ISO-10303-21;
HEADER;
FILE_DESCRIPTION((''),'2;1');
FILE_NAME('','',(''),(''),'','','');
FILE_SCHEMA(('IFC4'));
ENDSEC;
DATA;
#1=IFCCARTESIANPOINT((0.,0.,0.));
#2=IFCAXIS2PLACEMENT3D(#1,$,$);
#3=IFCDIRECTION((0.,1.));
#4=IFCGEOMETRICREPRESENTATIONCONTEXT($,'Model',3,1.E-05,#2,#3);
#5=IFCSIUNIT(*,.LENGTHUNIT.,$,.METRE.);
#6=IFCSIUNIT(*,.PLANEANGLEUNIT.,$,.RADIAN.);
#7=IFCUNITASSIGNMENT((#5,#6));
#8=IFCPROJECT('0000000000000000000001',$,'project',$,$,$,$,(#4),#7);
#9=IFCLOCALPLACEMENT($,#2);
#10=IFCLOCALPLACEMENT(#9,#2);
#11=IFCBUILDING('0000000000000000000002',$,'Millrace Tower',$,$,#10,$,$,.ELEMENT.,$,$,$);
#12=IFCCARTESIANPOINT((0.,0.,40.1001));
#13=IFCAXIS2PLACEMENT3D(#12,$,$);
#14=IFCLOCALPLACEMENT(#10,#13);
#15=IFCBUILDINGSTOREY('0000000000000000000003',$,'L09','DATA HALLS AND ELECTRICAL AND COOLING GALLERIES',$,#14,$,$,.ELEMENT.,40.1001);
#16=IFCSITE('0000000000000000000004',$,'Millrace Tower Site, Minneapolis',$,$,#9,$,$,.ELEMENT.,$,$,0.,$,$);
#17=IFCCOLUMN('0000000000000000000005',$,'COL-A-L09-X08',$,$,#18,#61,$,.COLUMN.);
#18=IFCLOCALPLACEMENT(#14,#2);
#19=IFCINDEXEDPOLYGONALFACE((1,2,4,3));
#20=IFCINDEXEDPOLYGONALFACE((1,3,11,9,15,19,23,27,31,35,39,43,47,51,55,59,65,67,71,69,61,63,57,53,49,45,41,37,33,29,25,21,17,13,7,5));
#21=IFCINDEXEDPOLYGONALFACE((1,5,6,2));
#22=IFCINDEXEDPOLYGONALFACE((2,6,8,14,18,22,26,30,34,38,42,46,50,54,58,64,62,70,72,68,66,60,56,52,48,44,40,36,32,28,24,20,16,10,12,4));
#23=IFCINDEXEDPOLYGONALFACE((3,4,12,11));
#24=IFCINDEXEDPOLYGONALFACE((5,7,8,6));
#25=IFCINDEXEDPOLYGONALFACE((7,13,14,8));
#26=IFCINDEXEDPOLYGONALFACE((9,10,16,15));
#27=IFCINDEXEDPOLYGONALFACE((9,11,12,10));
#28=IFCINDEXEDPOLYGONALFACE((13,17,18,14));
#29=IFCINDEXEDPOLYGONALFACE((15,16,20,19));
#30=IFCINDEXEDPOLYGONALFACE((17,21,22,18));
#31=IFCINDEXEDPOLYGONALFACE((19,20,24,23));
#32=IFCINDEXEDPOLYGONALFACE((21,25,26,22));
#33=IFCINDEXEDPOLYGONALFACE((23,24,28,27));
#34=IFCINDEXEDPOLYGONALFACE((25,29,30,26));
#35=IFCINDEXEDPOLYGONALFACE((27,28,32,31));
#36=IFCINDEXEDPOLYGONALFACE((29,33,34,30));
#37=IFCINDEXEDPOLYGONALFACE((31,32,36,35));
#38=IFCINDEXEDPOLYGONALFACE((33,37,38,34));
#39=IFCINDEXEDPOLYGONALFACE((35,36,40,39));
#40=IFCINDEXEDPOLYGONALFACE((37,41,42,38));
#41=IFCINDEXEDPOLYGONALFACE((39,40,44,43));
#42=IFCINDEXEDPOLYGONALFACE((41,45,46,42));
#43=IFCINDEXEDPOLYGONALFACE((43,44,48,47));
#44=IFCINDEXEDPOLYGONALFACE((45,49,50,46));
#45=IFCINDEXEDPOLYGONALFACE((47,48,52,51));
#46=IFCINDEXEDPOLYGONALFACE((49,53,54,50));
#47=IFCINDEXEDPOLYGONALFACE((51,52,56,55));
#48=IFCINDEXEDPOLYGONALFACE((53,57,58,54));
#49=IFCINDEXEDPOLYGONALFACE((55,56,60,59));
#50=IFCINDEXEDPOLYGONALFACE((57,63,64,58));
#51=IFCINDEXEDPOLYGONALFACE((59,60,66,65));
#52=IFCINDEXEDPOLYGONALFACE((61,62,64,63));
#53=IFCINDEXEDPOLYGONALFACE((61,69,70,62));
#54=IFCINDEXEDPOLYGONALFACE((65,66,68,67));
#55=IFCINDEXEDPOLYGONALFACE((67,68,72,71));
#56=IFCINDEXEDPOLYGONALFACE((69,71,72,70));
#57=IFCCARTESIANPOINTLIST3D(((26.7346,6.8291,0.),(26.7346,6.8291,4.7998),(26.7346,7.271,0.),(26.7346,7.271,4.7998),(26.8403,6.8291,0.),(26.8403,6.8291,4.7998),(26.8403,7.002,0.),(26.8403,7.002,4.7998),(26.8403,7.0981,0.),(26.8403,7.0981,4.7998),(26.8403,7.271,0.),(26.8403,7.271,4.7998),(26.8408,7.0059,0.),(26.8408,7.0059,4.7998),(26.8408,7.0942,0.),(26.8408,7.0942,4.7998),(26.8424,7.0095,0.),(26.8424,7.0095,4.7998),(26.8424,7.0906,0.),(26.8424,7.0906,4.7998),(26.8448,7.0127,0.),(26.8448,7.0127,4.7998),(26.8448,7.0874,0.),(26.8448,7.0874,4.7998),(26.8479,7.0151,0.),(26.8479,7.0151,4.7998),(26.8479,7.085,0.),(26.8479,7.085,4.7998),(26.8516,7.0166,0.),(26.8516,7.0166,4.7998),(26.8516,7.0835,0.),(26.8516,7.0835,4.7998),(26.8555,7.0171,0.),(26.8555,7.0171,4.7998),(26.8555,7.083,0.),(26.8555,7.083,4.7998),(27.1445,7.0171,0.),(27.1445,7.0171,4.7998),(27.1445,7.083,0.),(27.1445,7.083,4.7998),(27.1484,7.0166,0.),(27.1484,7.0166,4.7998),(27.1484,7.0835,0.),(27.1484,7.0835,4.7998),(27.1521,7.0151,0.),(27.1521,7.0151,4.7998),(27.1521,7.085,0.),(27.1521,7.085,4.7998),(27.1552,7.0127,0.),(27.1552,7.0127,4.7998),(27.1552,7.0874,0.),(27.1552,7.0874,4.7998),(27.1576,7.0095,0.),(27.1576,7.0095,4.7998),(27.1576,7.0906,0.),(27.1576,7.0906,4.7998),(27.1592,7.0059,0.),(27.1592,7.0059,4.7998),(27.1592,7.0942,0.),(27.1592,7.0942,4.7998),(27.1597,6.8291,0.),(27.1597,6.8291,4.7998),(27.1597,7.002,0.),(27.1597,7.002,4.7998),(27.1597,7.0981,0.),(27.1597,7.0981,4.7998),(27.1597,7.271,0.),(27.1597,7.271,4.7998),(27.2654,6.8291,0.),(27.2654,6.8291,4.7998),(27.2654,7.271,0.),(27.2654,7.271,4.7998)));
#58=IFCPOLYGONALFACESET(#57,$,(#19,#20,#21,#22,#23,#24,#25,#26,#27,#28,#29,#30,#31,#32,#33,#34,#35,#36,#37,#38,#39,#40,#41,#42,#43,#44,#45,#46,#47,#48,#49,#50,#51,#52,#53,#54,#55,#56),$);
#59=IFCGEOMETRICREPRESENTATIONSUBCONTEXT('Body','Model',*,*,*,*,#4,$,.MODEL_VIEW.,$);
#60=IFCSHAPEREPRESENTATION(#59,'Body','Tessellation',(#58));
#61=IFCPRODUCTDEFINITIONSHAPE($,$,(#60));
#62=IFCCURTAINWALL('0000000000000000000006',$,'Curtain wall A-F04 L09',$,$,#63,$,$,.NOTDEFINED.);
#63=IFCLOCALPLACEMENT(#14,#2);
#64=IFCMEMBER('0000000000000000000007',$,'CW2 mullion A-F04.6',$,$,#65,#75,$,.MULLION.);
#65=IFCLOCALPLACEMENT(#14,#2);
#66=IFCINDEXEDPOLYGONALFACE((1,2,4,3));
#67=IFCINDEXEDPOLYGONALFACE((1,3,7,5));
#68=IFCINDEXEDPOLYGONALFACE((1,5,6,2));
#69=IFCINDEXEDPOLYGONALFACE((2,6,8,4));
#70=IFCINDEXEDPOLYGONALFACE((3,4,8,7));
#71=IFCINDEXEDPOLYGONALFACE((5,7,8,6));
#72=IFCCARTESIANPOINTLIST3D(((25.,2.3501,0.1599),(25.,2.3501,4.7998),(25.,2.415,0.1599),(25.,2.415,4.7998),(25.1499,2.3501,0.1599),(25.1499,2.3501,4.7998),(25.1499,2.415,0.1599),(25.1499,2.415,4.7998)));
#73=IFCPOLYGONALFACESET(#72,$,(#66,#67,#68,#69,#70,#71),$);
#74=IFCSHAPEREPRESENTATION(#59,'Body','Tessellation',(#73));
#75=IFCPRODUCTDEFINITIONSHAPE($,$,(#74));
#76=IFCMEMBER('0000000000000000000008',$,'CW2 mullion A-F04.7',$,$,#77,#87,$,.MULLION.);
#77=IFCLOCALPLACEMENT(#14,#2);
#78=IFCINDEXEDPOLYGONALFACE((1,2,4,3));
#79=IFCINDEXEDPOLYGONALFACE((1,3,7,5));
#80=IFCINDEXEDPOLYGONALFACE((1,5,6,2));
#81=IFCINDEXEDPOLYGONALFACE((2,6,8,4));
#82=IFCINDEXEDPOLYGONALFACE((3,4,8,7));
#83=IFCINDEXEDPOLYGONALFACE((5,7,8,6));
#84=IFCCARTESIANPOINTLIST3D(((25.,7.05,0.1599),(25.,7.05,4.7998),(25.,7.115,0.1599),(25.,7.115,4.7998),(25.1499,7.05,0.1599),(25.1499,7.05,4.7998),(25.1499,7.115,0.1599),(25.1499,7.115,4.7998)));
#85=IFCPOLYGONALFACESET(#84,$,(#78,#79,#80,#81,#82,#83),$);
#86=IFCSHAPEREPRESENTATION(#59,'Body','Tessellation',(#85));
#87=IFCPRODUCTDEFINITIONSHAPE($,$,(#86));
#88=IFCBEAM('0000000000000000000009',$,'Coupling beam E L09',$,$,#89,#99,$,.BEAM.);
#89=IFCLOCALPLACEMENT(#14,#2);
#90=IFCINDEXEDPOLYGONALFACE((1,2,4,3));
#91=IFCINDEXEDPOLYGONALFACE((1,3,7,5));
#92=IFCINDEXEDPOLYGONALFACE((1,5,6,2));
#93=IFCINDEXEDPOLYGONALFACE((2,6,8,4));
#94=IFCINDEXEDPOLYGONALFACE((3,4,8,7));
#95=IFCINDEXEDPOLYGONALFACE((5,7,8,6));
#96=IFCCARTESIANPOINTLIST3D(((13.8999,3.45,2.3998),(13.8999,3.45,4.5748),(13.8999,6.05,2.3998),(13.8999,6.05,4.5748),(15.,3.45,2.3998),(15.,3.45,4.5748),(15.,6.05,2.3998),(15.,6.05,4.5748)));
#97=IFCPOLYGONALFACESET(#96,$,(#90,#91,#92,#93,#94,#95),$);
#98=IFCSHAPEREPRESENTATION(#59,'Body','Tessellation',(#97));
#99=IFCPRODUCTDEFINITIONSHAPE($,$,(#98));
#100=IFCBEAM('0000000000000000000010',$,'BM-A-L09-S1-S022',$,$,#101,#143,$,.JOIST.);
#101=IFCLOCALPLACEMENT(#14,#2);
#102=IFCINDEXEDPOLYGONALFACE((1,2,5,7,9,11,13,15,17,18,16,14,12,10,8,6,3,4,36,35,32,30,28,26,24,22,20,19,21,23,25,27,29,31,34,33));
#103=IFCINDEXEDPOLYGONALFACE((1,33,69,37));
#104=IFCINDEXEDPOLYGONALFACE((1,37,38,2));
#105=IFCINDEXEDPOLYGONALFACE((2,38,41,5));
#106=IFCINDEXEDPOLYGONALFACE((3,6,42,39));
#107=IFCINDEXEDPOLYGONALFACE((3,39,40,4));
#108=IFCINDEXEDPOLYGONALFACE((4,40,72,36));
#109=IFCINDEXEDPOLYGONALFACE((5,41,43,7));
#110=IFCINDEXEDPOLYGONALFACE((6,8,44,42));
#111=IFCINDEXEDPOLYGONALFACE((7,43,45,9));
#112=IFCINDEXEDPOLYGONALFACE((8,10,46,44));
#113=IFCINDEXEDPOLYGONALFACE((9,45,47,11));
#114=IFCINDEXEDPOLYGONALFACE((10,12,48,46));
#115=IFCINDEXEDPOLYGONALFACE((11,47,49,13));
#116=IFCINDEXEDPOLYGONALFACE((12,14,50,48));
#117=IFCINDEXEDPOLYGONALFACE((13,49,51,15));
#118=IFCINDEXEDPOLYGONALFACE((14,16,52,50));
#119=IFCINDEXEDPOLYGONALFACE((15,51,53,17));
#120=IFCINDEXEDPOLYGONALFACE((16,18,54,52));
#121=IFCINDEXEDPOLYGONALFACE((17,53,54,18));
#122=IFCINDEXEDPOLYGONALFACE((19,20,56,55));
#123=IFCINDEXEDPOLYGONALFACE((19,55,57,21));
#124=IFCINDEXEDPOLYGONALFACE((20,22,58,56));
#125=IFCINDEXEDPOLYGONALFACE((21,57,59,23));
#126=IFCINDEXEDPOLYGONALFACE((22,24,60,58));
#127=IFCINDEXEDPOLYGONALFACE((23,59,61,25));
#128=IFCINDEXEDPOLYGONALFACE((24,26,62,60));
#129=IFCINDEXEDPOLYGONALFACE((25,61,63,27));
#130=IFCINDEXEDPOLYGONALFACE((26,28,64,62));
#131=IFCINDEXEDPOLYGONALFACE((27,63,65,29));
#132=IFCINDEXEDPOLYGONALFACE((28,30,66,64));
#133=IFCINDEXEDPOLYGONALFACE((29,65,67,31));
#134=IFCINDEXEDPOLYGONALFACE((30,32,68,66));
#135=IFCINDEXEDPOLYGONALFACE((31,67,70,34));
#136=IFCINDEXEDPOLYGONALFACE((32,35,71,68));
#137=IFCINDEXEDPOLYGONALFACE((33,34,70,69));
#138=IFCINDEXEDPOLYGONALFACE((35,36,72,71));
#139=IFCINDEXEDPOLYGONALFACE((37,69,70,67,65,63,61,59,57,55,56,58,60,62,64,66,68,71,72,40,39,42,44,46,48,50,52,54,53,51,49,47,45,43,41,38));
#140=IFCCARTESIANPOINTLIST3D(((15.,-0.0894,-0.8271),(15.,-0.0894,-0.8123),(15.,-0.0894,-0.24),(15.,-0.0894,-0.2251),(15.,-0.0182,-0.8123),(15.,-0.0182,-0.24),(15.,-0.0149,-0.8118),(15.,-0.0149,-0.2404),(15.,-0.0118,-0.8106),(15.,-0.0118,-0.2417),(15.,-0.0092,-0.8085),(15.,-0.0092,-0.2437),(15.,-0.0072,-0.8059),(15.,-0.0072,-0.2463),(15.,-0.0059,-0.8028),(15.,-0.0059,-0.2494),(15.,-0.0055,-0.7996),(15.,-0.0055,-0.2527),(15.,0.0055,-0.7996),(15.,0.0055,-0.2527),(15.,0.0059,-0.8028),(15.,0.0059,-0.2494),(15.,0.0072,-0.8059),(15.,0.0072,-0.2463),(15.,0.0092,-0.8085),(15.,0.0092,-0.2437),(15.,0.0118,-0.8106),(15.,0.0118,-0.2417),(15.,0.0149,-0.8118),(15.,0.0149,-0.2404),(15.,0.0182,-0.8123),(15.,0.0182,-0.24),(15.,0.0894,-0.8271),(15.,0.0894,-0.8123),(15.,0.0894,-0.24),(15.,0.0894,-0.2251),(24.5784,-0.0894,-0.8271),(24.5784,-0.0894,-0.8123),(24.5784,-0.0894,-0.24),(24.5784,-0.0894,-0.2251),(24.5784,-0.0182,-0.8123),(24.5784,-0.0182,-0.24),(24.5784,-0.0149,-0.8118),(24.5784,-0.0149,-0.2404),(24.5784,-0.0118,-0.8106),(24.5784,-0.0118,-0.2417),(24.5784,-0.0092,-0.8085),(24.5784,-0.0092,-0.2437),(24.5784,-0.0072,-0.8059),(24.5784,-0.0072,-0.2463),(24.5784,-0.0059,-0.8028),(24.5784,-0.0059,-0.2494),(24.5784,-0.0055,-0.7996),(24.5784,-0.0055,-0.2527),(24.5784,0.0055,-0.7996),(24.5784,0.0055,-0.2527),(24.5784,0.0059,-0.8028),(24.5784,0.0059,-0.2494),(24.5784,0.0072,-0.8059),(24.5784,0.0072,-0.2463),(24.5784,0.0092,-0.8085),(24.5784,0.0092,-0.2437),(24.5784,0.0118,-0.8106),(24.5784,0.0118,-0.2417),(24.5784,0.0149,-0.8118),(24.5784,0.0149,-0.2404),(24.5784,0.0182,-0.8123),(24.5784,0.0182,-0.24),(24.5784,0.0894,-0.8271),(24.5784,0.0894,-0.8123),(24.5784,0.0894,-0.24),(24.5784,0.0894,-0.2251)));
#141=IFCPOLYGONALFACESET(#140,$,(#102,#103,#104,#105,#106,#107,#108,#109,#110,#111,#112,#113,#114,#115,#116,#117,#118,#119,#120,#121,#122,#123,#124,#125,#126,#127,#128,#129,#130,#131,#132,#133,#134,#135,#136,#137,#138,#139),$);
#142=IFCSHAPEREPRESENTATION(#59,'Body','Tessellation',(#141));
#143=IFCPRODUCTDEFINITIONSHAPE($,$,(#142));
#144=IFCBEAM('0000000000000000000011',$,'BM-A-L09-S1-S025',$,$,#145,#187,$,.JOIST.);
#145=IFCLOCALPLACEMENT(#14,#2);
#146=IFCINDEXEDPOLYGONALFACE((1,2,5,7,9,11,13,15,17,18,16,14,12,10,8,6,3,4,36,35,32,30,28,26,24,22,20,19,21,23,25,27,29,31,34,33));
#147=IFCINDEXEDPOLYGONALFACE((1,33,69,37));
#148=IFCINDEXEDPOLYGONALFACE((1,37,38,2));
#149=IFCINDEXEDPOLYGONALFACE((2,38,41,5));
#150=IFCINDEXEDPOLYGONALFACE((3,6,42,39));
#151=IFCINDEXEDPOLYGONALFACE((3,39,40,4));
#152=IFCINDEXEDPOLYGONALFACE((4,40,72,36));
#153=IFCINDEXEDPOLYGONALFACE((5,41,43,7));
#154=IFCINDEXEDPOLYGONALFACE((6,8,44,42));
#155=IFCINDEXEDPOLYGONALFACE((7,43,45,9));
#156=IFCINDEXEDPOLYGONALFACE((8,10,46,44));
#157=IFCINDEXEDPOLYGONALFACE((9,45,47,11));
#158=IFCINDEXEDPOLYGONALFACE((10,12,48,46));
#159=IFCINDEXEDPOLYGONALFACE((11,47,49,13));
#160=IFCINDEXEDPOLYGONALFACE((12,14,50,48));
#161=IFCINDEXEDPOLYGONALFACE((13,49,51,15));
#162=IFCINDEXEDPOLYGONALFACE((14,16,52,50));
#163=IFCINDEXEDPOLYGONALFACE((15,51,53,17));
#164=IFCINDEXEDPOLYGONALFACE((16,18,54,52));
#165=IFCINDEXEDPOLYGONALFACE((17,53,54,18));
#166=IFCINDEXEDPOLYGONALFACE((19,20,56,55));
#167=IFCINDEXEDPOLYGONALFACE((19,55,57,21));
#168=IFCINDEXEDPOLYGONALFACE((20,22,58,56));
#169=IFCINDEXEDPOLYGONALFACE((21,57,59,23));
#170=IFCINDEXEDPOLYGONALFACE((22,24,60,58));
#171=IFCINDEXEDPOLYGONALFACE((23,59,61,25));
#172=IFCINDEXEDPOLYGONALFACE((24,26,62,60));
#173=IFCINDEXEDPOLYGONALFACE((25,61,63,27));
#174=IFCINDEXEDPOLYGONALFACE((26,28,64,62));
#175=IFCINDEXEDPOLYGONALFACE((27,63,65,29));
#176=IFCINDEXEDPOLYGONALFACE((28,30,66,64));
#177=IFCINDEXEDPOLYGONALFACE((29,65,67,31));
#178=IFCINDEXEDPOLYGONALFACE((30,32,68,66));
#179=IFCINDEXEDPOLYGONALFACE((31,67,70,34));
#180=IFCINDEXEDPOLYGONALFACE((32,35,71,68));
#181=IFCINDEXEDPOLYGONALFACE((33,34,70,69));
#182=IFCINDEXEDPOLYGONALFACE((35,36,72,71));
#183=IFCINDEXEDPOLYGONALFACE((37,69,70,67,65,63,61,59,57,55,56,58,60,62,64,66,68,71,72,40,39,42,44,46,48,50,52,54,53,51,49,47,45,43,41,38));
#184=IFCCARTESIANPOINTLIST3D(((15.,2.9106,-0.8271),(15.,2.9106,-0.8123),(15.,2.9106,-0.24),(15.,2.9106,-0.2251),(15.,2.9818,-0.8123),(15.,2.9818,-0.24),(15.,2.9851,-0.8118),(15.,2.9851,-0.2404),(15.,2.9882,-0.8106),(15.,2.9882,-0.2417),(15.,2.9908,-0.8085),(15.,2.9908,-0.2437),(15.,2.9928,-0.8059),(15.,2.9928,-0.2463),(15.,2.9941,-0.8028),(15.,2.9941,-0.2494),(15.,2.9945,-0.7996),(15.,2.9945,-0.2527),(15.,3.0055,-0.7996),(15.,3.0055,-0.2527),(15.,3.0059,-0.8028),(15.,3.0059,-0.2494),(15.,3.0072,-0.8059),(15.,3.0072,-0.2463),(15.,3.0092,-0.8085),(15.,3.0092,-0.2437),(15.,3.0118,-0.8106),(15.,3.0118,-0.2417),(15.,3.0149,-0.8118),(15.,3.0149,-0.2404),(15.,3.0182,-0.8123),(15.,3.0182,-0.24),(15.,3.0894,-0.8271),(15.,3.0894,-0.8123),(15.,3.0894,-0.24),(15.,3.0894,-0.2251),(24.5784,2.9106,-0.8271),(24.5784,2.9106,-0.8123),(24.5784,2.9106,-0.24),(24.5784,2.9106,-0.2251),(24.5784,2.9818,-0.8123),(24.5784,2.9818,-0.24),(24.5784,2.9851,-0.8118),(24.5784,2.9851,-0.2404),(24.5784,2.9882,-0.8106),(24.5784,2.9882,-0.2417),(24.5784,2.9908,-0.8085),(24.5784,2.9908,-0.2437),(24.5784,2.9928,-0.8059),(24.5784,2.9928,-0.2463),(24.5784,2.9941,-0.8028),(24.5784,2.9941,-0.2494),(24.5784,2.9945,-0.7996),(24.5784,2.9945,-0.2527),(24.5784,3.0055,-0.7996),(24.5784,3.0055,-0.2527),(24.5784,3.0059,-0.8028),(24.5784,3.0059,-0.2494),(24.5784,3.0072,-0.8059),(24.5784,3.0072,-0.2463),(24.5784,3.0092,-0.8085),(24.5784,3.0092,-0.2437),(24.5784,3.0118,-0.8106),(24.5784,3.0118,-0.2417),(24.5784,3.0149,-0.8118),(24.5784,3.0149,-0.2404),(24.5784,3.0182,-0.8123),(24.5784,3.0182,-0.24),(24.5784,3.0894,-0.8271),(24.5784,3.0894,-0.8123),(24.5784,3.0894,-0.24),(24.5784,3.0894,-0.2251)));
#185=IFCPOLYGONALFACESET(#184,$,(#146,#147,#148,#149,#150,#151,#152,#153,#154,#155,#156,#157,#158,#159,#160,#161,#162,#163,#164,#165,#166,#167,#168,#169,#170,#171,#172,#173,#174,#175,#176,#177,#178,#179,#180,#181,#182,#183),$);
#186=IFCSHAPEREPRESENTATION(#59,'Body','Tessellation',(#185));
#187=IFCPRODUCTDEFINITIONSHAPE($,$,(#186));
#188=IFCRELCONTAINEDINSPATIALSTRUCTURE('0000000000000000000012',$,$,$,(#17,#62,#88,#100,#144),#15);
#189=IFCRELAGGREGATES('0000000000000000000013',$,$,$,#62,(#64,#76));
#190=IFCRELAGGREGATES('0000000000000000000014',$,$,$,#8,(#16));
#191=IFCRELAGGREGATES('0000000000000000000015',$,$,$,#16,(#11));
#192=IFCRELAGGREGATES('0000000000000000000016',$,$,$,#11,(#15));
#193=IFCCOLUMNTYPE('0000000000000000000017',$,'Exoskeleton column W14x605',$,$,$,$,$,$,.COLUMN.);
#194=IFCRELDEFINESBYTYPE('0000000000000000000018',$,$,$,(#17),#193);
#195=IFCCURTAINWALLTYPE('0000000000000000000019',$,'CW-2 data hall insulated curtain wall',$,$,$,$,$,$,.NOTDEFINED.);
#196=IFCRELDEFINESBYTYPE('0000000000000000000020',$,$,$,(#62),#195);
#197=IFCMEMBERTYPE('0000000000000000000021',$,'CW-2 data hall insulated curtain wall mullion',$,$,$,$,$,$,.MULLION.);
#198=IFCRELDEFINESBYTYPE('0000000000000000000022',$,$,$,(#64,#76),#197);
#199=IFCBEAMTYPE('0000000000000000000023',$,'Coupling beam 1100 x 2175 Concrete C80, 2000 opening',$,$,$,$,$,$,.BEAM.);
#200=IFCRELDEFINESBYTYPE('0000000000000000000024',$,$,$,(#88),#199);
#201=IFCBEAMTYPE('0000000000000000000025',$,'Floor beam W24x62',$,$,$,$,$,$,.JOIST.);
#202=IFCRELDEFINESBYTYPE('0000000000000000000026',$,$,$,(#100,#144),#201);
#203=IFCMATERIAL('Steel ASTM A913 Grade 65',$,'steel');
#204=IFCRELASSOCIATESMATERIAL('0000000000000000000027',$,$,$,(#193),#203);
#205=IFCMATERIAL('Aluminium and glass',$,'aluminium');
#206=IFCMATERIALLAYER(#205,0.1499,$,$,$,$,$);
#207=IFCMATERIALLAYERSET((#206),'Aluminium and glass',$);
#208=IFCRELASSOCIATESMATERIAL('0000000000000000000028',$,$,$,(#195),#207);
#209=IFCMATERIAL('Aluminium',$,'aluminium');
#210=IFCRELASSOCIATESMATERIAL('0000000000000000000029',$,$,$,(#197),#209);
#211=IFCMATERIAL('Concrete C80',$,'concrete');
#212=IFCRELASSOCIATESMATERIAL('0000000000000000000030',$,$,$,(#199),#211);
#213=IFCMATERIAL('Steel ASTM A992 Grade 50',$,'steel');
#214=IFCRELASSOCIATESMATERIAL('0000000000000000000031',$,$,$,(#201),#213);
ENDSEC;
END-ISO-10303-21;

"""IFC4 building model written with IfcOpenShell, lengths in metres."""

from ifc_helpers import new_model, si_unit, direction, frame, origin, origin_2d, place, context, subcontext, project, spatial, rectangle, i_section, extrude, material, layer, layer_set, material_profile, profile_set, type_object, element, aggregate, save


model = new_model("IFC4")

# Units and contexts
model_context = context("Model", 3, precision=1e-05, world=origin(), true_north=direction((0.0, 1.0)))
body_context = subcontext(model_context, "Body", "Model", "MODEL_VIEW")
ifc_project = project(units=[si_unit("LENGTHUNIT", "METRE"), si_unit("PLANEANGLEUNIT", "RADIAN")], contexts=[model_context])

# Site, building, storey
site_placement = place(None, origin())
site = spatial("IfcSite", under=ifc_project, at=site_placement, Name="Millrace Tower Site, Minneapolis", CompositionType="ELEMENT", RefElevation=0.0)
building_placement = place(site_placement, origin())
building = spatial("IfcBuilding", under=site, at=building_placement, Name="Millrace Tower", CompositionType="ELEMENT")
storey_placement = place(building_placement, frame((0.0, 0.0, 40.1001)))
storey = spatial("IfcBuildingStorey", under=building, at=storey_placement, Name="L09", Description="DATA HALLS AND ELECTRICAL AND COOLING GALLERIES", CompositionType="ELEMENT", Elevation=40.1001)

# Column
ifc_material_1 = material(Name="Steel ASTM A913 Grade 65", Category="steel")
ifc_material_profile_1 = material_profile(ifc_material_1, i_section(OverallWidth=0.4419, OverallDepth=0.5308, WebThickness=0.0659, FlangeThickness=0.1057, FilletRadius=0.0151, at=origin_2d()))
ifc_profile_set_1 = profile_set([ifc_material_profile_1], Name="Steel ASTM A913 Grade 65")
column_type = type_object("IfcColumnType", Name="Exoskeleton column W14x605", PredefinedType="COLUMN", material=ifc_profile_set_1)
column_placement = place(storey_placement, frame((27.0, 7.05, 0.0), z_axis=(0.0, 0.0, 1.0), x_axis=(0.0, 1.0, 0.0)))
element("IfcColumn", 1, at=column_placement, inside=storey, type_object=column_type, Name="COL-A-L09-X08", PredefinedType="COLUMN", context=body_context, shape_type="SweptSolid", body=[
    extrude(i_section(OverallWidth=0.4419, OverallDepth=0.5308, WebThickness=0.0659, FlangeThickness=0.1057, FilletRadius=0.0151, at=origin_2d()), origin(), (0.0, 0.0, 1.0), 4.7998),
])

# Curtain wall, members
ifc_material_2 = material(Name="Aluminium and glass", Category="aluminium")
ifc_layer_1 = layer(ifc_material_2, 0.1499)
ifc_layer_set_1 = layer_set([ifc_layer_1], Name="Aluminium and glass")
curtain_wall_type = type_object("IfcCurtainWallType", Name="CW-2 data hall insulated curtain wall", PredefinedType="NOTDEFINED", material=ifc_layer_set_1)
curtain_wall_placement = place(storey_placement, origin())
curtain_wall = element("IfcCurtainWall", 2, at=curtain_wall_placement, inside=storey, type_object=curtain_wall_type, Name="Curtain wall A-F04 L09", PredefinedType="NOTDEFINED")
ifc_material_3 = material(Name="Aluminium", Category="aluminium")
ifc_material_profile_2 = material_profile(ifc_material_3, rectangle(XDim=0.0649, YDim=0.1499, at=origin_2d()))
ifc_profile_set_2 = profile_set([ifc_material_profile_2], Name="Aluminium")
member_type = type_object("IfcMemberType", Name="CW-2 data hall insulated curtain wall mullion", PredefinedType="MULLION", material=ifc_profile_set_2)
member_1_placement = place(storey_placement, frame((25.075, 2.3826, 0.1599), z_axis=(0.0, 0.0, 1.0), x_axis=(0.0, 1.0, 0.0)))
member_1 = element("IfcMember", 3, at=member_1_placement, type_object=member_type, Name="CW2 mullion A-F04.6", PredefinedType="MULLION", context=body_context, shape_type="SweptSolid", body=[
    extrude(rectangle(XDim=0.0649, YDim=0.1499, at=origin_2d()), origin(), (0.0, 0.0, 1.0), 4.6399),
])
member_2_placement = place(storey_placement, frame((25.075, 7.0825, 0.1599), z_axis=(0.0, 0.0, 1.0), x_axis=(0.0, 1.0, 0.0)))
member_2 = element("IfcMember", 4, at=member_2_placement, type_object=member_type, Name="CW2 mullion A-F04.7", PredefinedType="MULLION", context=body_context, shape_type="SweptSolid", body=[
    extrude(rectangle(XDim=0.0649, YDim=0.1499, at=origin_2d()), origin(), (0.0, 0.0, 1.0), 4.6399),
])
aggregate(curtain_wall, [member_1, member_2])

# Beams
ifc_material_4 = material(Name="Concrete C80", Category="concrete")
ifc_material_profile_3 = material_profile(ifc_material_4, rectangle(XDim=1.1001, YDim=2.175, at=origin_2d()))
ifc_profile_set_3 = profile_set([ifc_material_profile_3], Name="Concrete C80")
beam_type_1 = type_object("IfcBeamType", Name="Coupling beam 1100 x 2175 Concrete C80, 2000 opening", PredefinedType="BEAM", material=ifc_profile_set_3)
beam_1_placement = place(storey_placement, frame((14.45, 6.05, 3.4873), z_axis=(0.0, -1.0, 0.0), x_axis=(1.0, 0.0, 0.0)))
element("IfcBeam", 5, at=beam_1_placement, inside=storey, type_object=beam_type_1, Name="Coupling beam E L09", PredefinedType="BEAM", context=body_context, shape_type="SweptSolid", body=[
    extrude(rectangle(XDim=1.1001, YDim=2.175, at=origin_2d()), origin(), (0.0, 0.0, 1.0), 2.6001),
])
ifc_material_5 = material(Name="Steel ASTM A992 Grade 50", Category="steel")
ifc_material_profile_4 = material_profile(ifc_material_5, i_section(OverallWidth=0.1787, OverallDepth=0.6021, WebThickness=0.011, FlangeThickness=0.0149, FilletRadius=0.0127, at=origin_2d()))
ifc_profile_set_4 = profile_set([ifc_material_profile_4], Name="Steel ASTM A992 Grade 50")
beam_type_2 = type_object("IfcBeamType", Name="Floor beam W24x62", PredefinedType="JOIST", material=ifc_profile_set_4)
for number, where, z_axis, x_axis, name in (
    (6, (15.0, 0.0, -0.5261), (1.0, 0.0, 0.0), (0.0, 1.0, 0.0), "BM-A-L09-S1-S022"),
    (7, (15.0, 3.0, -0.5261), (1.0, 0.0, 0.0), (0.0, 1.0, 0.0), "BM-A-L09-S1-S025"),
):
    element("IfcBeam", number, at=place(storey_placement, frame(where, z_axis=z_axis, x_axis=x_axis)), inside=storey, type_object=beam_type_2, Name=name, PredefinedType="JOIST", context=body_context, shape_type="SweptSolid", body=[
        extrude(i_section(OverallWidth=0.1787, OverallDepth=0.6021, WebThickness=0.011, FlangeThickness=0.0149, FilletRadius=0.0127, at=origin_2d()), origin(), (0.0, 0.0, 1.0), 9.5784),
    ])

save(model, "model.ifc")
